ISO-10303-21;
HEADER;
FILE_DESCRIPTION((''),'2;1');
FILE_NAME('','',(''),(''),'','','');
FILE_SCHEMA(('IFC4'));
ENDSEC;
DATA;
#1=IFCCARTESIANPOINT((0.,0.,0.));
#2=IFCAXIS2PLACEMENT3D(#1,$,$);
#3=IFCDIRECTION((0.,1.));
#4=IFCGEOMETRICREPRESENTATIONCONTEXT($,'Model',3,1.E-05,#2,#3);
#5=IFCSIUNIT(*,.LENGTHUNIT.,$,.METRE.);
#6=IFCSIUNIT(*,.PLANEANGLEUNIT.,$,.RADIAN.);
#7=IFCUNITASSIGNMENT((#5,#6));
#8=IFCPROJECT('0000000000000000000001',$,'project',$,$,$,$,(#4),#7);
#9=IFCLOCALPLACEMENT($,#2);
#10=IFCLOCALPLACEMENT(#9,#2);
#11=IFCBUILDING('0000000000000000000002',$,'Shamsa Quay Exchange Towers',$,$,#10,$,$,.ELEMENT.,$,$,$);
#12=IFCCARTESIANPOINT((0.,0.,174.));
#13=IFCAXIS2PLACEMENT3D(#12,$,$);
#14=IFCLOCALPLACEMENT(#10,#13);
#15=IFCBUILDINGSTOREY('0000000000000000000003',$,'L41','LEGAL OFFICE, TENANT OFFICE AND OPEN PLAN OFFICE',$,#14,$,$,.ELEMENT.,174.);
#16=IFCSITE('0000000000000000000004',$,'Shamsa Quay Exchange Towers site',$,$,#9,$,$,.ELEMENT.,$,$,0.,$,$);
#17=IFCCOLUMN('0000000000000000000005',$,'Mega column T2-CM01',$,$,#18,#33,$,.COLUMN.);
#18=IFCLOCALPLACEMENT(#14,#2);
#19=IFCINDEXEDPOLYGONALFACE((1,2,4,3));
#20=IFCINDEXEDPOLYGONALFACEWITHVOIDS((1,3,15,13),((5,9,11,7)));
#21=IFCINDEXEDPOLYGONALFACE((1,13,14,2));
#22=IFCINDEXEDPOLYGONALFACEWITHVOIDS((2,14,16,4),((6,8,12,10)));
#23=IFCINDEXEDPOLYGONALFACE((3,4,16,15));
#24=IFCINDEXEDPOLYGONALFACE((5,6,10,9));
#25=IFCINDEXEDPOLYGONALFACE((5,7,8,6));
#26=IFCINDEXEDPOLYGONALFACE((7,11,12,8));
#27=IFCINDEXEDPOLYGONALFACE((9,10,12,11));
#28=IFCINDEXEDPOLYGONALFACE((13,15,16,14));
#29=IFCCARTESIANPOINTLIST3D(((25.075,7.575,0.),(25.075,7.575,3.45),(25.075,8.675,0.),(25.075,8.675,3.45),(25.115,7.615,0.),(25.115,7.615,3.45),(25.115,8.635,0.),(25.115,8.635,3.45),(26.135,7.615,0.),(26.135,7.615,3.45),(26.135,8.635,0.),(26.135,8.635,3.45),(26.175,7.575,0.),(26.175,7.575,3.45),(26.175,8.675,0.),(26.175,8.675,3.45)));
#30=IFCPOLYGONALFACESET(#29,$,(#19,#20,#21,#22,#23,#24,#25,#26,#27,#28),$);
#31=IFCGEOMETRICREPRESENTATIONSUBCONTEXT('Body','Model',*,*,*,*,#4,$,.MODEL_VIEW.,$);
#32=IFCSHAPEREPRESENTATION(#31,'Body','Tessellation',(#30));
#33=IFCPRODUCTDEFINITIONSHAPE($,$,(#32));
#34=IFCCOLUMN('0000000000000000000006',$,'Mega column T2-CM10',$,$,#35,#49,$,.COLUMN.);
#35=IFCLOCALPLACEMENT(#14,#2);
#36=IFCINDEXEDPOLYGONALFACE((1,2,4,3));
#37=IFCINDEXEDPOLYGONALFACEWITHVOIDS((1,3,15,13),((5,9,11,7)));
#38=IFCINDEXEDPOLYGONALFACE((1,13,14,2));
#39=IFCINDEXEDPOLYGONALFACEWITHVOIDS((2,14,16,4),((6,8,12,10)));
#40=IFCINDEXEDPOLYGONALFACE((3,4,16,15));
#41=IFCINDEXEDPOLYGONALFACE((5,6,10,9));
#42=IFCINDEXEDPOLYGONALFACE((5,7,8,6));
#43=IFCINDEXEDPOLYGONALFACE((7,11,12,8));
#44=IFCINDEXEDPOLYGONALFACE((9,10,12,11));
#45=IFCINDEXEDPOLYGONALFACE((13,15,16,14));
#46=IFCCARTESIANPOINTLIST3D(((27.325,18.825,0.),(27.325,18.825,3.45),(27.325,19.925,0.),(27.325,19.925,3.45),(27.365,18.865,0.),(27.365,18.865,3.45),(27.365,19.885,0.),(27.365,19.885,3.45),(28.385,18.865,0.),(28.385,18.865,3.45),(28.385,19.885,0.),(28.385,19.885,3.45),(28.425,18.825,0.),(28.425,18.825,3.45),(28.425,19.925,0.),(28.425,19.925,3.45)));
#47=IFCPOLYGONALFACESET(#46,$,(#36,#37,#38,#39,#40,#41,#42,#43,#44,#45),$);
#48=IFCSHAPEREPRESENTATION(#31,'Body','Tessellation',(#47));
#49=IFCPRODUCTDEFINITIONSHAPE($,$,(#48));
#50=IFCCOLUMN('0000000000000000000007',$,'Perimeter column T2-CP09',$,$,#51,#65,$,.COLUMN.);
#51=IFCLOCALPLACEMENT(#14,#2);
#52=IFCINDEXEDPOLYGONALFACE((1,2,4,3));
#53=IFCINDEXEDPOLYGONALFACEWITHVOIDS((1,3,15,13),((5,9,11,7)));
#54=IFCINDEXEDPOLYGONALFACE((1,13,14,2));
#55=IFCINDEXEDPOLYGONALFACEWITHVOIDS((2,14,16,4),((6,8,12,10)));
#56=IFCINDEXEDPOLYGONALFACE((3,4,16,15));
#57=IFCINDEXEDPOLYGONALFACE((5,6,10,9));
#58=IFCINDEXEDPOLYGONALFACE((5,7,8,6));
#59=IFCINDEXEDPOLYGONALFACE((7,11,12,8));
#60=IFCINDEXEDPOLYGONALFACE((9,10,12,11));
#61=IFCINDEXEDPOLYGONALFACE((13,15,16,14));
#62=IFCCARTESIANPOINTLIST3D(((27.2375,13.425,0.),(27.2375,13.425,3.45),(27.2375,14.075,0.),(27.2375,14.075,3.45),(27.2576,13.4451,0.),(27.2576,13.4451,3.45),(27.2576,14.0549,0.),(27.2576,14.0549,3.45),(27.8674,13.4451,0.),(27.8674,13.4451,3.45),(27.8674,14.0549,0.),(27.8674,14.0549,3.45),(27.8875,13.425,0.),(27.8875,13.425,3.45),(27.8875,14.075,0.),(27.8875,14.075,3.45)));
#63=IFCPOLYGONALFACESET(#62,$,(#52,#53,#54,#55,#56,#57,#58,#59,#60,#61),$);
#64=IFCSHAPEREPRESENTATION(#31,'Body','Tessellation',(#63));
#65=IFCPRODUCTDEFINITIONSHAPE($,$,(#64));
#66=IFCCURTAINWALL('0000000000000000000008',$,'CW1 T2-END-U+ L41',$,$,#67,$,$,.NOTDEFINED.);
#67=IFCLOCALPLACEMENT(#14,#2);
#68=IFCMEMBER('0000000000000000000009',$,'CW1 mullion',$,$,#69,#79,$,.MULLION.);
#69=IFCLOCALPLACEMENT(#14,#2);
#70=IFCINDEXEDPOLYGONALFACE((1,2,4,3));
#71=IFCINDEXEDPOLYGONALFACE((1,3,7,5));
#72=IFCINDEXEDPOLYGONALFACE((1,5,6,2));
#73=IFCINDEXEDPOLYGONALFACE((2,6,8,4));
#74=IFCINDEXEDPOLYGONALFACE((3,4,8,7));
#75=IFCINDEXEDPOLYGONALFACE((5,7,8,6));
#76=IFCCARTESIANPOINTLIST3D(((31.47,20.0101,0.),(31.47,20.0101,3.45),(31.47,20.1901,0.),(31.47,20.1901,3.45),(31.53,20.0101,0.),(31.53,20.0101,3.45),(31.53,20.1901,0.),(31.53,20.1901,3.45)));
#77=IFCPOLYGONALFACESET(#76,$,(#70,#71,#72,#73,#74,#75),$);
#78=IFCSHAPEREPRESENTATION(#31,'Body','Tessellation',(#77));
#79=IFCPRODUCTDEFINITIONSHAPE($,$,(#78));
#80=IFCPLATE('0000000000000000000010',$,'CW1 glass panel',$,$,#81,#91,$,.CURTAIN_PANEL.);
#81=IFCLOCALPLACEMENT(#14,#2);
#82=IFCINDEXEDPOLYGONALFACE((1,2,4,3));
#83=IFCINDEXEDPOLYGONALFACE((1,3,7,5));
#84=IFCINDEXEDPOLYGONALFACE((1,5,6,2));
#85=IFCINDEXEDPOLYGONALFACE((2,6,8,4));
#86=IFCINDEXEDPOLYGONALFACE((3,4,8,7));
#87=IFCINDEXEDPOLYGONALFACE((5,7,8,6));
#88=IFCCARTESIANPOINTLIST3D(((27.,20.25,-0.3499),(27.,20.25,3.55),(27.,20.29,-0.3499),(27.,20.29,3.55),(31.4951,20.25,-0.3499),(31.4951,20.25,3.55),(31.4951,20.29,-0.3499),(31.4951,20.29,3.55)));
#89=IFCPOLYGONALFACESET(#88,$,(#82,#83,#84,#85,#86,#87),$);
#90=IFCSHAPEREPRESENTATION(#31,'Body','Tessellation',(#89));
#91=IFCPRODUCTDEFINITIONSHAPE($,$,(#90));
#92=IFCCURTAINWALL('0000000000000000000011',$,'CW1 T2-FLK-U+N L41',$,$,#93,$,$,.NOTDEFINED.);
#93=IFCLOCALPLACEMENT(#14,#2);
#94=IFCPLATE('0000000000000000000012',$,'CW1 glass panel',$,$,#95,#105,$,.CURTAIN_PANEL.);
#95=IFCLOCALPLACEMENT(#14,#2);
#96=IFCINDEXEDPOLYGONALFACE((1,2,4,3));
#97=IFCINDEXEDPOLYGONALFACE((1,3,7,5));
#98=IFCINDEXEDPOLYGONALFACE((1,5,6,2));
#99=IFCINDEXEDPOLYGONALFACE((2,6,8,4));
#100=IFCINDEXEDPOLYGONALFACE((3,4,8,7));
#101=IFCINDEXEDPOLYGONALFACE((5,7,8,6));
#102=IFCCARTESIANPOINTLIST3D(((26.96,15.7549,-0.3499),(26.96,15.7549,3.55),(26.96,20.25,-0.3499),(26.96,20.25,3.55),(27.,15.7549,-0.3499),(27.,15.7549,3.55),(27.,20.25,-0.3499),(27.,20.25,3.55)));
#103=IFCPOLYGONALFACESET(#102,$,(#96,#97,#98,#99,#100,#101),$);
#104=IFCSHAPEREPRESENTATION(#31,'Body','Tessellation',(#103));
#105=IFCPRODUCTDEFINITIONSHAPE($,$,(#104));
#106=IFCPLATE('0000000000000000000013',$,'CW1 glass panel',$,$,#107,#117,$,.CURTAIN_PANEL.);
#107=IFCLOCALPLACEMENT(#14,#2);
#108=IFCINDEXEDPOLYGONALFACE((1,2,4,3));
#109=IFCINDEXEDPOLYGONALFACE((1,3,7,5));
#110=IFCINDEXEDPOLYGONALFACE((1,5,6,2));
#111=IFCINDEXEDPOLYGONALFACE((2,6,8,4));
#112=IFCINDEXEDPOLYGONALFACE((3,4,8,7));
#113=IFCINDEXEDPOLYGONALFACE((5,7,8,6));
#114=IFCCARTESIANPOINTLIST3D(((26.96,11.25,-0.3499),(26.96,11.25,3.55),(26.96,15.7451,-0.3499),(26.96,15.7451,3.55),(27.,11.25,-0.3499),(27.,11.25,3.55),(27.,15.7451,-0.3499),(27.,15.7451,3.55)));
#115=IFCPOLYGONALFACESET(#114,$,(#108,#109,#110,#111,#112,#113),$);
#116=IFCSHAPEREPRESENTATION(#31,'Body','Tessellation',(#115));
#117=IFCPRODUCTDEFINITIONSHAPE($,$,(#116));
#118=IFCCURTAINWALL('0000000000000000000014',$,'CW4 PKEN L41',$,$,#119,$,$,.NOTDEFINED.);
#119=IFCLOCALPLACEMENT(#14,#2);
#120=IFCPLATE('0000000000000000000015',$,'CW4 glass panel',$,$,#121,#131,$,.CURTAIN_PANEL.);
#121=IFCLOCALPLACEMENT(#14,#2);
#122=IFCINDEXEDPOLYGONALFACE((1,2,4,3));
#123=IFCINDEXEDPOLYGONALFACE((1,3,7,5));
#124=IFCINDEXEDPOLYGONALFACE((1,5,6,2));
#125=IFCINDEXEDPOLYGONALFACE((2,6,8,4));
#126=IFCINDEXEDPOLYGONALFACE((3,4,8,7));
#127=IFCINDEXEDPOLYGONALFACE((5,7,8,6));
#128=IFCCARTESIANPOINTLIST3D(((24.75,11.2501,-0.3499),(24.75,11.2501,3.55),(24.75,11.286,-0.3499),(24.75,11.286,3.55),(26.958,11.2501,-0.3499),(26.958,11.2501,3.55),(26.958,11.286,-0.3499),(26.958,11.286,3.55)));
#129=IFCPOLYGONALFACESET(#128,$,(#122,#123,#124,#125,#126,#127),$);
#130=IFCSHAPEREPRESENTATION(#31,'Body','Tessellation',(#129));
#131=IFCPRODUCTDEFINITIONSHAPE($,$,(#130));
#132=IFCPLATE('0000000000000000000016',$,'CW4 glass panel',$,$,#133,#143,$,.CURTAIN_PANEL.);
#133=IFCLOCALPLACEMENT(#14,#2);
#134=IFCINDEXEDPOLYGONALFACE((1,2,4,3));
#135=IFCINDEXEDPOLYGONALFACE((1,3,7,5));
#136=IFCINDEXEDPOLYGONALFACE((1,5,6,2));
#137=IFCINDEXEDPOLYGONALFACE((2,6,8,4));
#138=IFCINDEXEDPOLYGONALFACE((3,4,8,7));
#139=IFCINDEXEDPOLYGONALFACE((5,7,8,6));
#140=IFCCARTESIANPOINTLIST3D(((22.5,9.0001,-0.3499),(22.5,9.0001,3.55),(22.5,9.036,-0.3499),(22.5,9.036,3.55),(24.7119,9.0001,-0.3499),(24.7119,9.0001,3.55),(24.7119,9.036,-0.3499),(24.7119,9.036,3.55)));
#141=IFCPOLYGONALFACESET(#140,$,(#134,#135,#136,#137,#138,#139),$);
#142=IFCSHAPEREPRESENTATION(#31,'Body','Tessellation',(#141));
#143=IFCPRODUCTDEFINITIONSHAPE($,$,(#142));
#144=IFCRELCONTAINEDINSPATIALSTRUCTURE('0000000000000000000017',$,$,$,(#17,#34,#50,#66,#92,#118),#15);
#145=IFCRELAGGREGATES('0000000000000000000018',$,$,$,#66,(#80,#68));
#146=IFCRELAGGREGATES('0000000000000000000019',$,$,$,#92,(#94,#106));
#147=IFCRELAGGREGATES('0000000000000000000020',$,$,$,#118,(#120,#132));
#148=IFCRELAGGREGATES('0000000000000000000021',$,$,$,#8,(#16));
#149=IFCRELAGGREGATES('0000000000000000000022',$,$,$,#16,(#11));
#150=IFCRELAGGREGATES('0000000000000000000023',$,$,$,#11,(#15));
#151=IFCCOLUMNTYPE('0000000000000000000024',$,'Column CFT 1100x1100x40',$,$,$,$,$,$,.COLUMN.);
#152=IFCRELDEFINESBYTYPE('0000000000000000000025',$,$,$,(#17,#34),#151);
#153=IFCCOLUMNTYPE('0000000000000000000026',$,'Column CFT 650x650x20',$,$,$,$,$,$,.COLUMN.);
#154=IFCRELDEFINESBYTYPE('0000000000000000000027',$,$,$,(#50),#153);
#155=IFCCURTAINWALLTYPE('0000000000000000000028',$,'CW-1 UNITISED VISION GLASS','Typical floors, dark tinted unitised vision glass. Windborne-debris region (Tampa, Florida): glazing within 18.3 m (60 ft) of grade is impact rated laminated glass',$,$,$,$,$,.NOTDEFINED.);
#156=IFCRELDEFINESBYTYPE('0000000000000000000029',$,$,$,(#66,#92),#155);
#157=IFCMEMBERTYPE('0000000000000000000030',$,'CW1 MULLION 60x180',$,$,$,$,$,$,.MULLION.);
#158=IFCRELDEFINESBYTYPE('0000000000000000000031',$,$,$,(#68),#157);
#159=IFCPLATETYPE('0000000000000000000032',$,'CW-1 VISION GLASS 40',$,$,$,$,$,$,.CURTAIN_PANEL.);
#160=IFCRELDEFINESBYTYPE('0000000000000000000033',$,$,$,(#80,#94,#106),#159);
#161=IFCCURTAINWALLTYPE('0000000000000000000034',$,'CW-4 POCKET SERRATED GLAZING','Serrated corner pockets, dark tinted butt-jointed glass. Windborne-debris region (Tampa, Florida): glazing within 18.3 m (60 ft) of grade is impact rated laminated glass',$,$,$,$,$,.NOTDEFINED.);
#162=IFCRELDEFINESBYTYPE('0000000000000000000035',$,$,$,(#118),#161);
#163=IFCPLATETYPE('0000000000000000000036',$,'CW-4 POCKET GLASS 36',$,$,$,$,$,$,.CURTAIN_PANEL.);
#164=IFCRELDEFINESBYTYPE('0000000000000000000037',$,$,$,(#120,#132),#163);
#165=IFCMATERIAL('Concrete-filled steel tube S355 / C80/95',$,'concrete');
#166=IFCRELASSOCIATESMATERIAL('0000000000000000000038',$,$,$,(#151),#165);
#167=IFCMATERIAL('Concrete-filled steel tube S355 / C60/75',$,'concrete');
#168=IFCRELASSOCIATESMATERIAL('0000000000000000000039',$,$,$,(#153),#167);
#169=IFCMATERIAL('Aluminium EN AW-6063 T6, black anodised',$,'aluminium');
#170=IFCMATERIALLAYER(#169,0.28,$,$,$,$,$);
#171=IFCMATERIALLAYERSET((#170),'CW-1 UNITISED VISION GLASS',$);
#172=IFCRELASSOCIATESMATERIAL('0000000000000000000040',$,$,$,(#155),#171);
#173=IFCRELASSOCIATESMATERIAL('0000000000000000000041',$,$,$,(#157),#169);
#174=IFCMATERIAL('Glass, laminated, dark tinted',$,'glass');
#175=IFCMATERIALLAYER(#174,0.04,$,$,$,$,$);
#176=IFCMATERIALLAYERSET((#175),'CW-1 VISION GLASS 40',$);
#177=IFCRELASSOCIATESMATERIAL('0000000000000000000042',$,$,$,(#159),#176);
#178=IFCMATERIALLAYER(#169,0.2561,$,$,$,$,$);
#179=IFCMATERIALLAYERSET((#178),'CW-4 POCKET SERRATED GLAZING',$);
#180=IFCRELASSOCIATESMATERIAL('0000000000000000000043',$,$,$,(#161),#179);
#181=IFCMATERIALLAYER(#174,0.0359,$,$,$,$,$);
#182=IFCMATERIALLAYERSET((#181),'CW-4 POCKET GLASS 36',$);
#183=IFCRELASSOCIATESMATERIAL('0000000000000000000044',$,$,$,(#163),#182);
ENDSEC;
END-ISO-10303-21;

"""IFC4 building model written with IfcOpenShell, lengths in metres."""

from ifc_helpers import new_model, si_unit, direction, frame, origin, origin_2d, place, context, subcontext, project, spatial, rectangle, hollow_rectangle, extrude, material, layer, layer_set, material_profile, profile_set, type_object, element, aggregate, save


model = new_model("IFC4")

# Units and contexts
model_context = context("Model", 3, precision=1e-05, world=origin(), true_north=direction((0.0, 1.0)))
body_context = subcontext(model_context, "Body", "Model", "MODEL_VIEW")
ifc_project = project(units=[si_unit("LENGTHUNIT", "METRE"), si_unit("PLANEANGLEUNIT", "RADIAN")], contexts=[model_context])

# Site, building, storey
site_placement = place(None, origin())
site = spatial("IfcSite", under=ifc_project, at=site_placement, Name="Shamsa Quay Exchange Towers site", CompositionType="ELEMENT", RefElevation=0.0)
building_placement = place(site_placement, origin())
building = spatial("IfcBuilding", under=site, at=building_placement, Name="Shamsa Quay Exchange Towers", CompositionType="ELEMENT")
storey_placement = place(building_placement, frame((0.0, 0.0, 174.0)))
storey = spatial("IfcBuildingStorey", under=building, at=storey_placement, Name="L41", Description="LEGAL OFFICE, TENANT OFFICE AND OPEN PLAN OFFICE", CompositionType="ELEMENT", Elevation=174.0)

# Columns
ifc_material_1 = material(Name="Concrete-filled steel tube S355 / C80/95", Category="concrete")
ifc_material_profile_1 = material_profile(ifc_material_1, hollow_rectangle(XDim=1.1001, YDim=1.1001, WallThickness=0.04, at=origin_2d()), Name="CFT 1100x1100x40")
ifc_profile_set_1 = profile_set([ifc_material_profile_1], Name="Concrete-filled steel tube S355 / C80/95")
column_type_1 = type_object("IfcColumnType", Name="Column CFT 1100x1100x40", PredefinedType="COLUMN", material=ifc_profile_set_1)
for number, where, name in (
    (1, (25.625, 8.125, 0.0), "Mega column T2-CM01"),
    (2, (27.875, 19.375, 0.0), "Mega column T2-CM10"),
):
    element("IfcColumn", number, at=place(storey_placement, frame(where)), inside=storey, type_object=column_type_1, Name=name, PredefinedType="COLUMN", context=body_context, shape_type="SweptSolid", body=[
        extrude(hollow_rectangle(XDim=1.1001, YDim=1.1001, WallThickness=0.04, at=origin_2d()), origin(), (0.0, 0.0, 1.0), 3.45),
    ])
ifc_material_2 = material(Name="Concrete-filled steel tube S355 / C60/75", Category="concrete")
ifc_material_profile_2 = material_profile(ifc_material_2, hollow_rectangle(XDim=0.6499, YDim=0.6499, WallThickness=0.02, at=origin_2d()), Name="CFT 650x650x20")
ifc_profile_set_2 = profile_set([ifc_material_profile_2], Name="Concrete-filled steel tube S355 / C60/75")
column_type_2 = type_object("IfcColumnType", Name="Column CFT 650x650x20", PredefinedType="COLUMN", material=ifc_profile_set_2)
column_placement = place(storey_placement, frame((27.5625, 13.75, 0.0)))
element("IfcColumn", 3, at=column_placement, inside=storey, type_object=column_type_2, Name="Perimeter column T2-CP09", PredefinedType="COLUMN", context=body_context, shape_type="SweptSolid", body=[
    extrude(hollow_rectangle(XDim=0.6499, YDim=0.6499, WallThickness=0.02, at=origin_2d()), origin(), (0.0, 0.0, 1.0), 3.45),
])

# Curtain wall, member, plate
ifc_material_3 = material(Name="Aluminium EN AW-6063 T6, black anodised", Category="aluminium")
ifc_layer_1 = layer(ifc_material_3, 0.28)
ifc_layer_set_1 = layer_set([ifc_layer_1], Name="CW-1 UNITISED VISION GLASS")
curtain_wall_type_1 = type_object("IfcCurtainWallType", Name="CW-1 UNITISED VISION GLASS", Description="Typical floors, dark tinted unitised vision glass. Windborne-debris region (Tampa, Florida): glazing within 18.3 m (60 ft) of grade is impact rated laminated glass", PredefinedType="NOTDEFINED", material=ifc_layer_set_1)
curtain_wall_1_placement = place(storey_placement, origin())
curtain_wall_1 = element("IfcCurtainWall", 4, at=curtain_wall_1_placement, inside=storey, type_object=curtain_wall_type_1, Name="CW1 T2-END-U+ L41", PredefinedType="NOTDEFINED")
ifc_material_profile_3 = material_profile(ifc_material_3, rectangle(XDim=0.1799, YDim=0.0601, at=origin_2d()), Name="MU60x180")
ifc_profile_set_3 = profile_set([ifc_material_profile_3], Name="Aluminium EN AW-6063 T6, black anodised")
member_type = type_object("IfcMemberType", Name="CW1 MULLION 60x180", PredefinedType="MULLION", material=ifc_profile_set_3)
member_placement = place(storey_placement, frame((31.5, 20.1001, 0.0), z_axis=(0.0, 0.0, 1.0), x_axis=(0.0, -1.0, 0.0)))
member = element("IfcMember", 5, at=member_placement, type_object=member_type, Name="CW1 mullion", PredefinedType="MULLION", context=body_context, shape_type="SweptSolid", body=[
    extrude(rectangle(XDim=0.1799, YDim=0.0601, at=origin_2d()), origin(), (0.0, 0.0, 1.0), 3.45),
])
ifc_material_4 = material(Name="Glass, laminated, dark tinted", Category="glass")
ifc_layer_2 = layer(ifc_material_4, 0.04)
ifc_layer_set_2 = layer_set([ifc_layer_2], Name="CW-1 VISION GLASS 40")
plate_type_1 = type_object("IfcPlateType", Name="CW-1 VISION GLASS 40", PredefinedType="CURTAIN_PANEL", material=ifc_layer_set_2)
plate_1_placement = place(storey_placement, frame((29.2476, 20.27, -0.3499), z_axis=(0.0, 0.0, 1.0), x_axis=(-1.0, 0.0, 0.0)))
plate_1 = element("IfcPlate", 6, at=plate_1_placement, type_object=plate_type_1, Name="CW1 glass panel", PredefinedType="CURTAIN_PANEL", context=body_context, shape_type="SweptSolid", body=[
    extrude(rectangle(XDim=4.4951, YDim=0.04, at=origin_2d()), origin(), (0.0, 0.0, 1.0), 3.8999),
])
aggregate(curtain_wall_1, [plate_1, member])

# Curtain walls, plates
curtain_wall_2_placement = place(storey_placement, origin())
curtain_wall_2 = element("IfcCurtainWall", 7, at=curtain_wall_2_placement, inside=storey, type_object=curtain_wall_type_1, Name="CW1 T2-FLK-U+N L41", PredefinedType="NOTDEFINED")
plate_2_placement = place(storey_placement, frame((26.98, 18.0024, -0.3499), z_axis=(0.0, 0.0, 1.0), x_axis=(0.0, -1.0, 0.0)))
plate_2 = element("IfcPlate", 8, at=plate_2_placement, type_object=plate_type_1, Name="CW1 glass panel", PredefinedType="CURTAIN_PANEL", context=body_context, shape_type="SweptSolid", body=[
    extrude(rectangle(XDim=4.4951, YDim=0.04, at=origin_2d()), origin(), (0.0, 0.0, 1.0), 3.8999),
])
plate_3_placement = place(storey_placement, frame((26.98, 13.4976, -0.3499), z_axis=(0.0, 0.0, 1.0), x_axis=(0.0, -1.0, 0.0)))
plate_3 = element("IfcPlate", 9, at=plate_3_placement, type_object=plate_type_1, Name="CW1 glass panel", PredefinedType="CURTAIN_PANEL", context=body_context, shape_type="SweptSolid", body=[
    extrude(rectangle(XDim=4.4951, YDim=0.04, at=origin_2d()), origin(), (0.0, 0.0, 1.0), 3.8999),
])
aggregate(curtain_wall_2, [plate_2, plate_3])
ifc_layer_3 = layer(ifc_material_3, 0.2561)
ifc_layer_set_3 = layer_set([ifc_layer_3], Name="CW-4 POCKET SERRATED GLAZING")
curtain_wall_type_2 = type_object("IfcCurtainWallType", Name="CW-4 POCKET SERRATED GLAZING", Description="Serrated corner pockets, dark tinted butt-jointed glass. Windborne-debris region (Tampa, Florida): glazing within 18.3 m (60 ft) of grade is impact rated laminated glass", PredefinedType="NOTDEFINED", material=ifc_layer_set_3)
curtain_wall_3_placement = place(storey_placement, origin())
curtain_wall_3 = element("IfcCurtainWall", 10, at=curtain_wall_3_placement, inside=storey, type_object=curtain_wall_type_2, Name="CW4 PKEN L41", PredefinedType="NOTDEFINED")
ifc_layer_4 = layer(ifc_material_4, 0.0359)
ifc_layer_set_4 = layer_set([ifc_layer_4], Name="CW-4 POCKET GLASS 36")
plate_type_2 = type_object("IfcPlateType", Name="CW-4 POCKET GLASS 36", PredefinedType="CURTAIN_PANEL", material=ifc_layer_set_4)
plate_4_placement = place(storey_placement, frame((25.854, 11.2681, -0.3499), z_axis=(0.0, 0.0, 1.0), x_axis=(-1.0, 0.0, 0.0)))
plate_4 = element("IfcPlate", 11, at=plate_4_placement, type_object=plate_type_2, Name="CW4 glass panel", PredefinedType="CURTAIN_PANEL", context=body_context, shape_type="SweptSolid", body=[
    extrude(rectangle(XDim=2.208, YDim=0.0359, at=origin_2d()), origin(), (0.0, 0.0, 1.0), 3.8999),
])
plate_5_placement = place(storey_placement, frame((23.606, 9.0181, -0.3499), z_axis=(0.0, 0.0, 1.0), x_axis=(-1.0, 0.0, 0.0)))
plate_5 = element("IfcPlate", 12, at=plate_5_placement, type_object=plate_type_2, Name="CW4 glass panel", PredefinedType="CURTAIN_PANEL", context=body_context, shape_type="SweptSolid", body=[
    extrude(rectangle(XDim=2.2119, YDim=0.0359, at=origin_2d()), origin(), (0.0, 0.0, 1.0), 3.8999),
])
aggregate(curtain_wall_3, [plate_4, plate_5])

save(model, "model.ifc")
